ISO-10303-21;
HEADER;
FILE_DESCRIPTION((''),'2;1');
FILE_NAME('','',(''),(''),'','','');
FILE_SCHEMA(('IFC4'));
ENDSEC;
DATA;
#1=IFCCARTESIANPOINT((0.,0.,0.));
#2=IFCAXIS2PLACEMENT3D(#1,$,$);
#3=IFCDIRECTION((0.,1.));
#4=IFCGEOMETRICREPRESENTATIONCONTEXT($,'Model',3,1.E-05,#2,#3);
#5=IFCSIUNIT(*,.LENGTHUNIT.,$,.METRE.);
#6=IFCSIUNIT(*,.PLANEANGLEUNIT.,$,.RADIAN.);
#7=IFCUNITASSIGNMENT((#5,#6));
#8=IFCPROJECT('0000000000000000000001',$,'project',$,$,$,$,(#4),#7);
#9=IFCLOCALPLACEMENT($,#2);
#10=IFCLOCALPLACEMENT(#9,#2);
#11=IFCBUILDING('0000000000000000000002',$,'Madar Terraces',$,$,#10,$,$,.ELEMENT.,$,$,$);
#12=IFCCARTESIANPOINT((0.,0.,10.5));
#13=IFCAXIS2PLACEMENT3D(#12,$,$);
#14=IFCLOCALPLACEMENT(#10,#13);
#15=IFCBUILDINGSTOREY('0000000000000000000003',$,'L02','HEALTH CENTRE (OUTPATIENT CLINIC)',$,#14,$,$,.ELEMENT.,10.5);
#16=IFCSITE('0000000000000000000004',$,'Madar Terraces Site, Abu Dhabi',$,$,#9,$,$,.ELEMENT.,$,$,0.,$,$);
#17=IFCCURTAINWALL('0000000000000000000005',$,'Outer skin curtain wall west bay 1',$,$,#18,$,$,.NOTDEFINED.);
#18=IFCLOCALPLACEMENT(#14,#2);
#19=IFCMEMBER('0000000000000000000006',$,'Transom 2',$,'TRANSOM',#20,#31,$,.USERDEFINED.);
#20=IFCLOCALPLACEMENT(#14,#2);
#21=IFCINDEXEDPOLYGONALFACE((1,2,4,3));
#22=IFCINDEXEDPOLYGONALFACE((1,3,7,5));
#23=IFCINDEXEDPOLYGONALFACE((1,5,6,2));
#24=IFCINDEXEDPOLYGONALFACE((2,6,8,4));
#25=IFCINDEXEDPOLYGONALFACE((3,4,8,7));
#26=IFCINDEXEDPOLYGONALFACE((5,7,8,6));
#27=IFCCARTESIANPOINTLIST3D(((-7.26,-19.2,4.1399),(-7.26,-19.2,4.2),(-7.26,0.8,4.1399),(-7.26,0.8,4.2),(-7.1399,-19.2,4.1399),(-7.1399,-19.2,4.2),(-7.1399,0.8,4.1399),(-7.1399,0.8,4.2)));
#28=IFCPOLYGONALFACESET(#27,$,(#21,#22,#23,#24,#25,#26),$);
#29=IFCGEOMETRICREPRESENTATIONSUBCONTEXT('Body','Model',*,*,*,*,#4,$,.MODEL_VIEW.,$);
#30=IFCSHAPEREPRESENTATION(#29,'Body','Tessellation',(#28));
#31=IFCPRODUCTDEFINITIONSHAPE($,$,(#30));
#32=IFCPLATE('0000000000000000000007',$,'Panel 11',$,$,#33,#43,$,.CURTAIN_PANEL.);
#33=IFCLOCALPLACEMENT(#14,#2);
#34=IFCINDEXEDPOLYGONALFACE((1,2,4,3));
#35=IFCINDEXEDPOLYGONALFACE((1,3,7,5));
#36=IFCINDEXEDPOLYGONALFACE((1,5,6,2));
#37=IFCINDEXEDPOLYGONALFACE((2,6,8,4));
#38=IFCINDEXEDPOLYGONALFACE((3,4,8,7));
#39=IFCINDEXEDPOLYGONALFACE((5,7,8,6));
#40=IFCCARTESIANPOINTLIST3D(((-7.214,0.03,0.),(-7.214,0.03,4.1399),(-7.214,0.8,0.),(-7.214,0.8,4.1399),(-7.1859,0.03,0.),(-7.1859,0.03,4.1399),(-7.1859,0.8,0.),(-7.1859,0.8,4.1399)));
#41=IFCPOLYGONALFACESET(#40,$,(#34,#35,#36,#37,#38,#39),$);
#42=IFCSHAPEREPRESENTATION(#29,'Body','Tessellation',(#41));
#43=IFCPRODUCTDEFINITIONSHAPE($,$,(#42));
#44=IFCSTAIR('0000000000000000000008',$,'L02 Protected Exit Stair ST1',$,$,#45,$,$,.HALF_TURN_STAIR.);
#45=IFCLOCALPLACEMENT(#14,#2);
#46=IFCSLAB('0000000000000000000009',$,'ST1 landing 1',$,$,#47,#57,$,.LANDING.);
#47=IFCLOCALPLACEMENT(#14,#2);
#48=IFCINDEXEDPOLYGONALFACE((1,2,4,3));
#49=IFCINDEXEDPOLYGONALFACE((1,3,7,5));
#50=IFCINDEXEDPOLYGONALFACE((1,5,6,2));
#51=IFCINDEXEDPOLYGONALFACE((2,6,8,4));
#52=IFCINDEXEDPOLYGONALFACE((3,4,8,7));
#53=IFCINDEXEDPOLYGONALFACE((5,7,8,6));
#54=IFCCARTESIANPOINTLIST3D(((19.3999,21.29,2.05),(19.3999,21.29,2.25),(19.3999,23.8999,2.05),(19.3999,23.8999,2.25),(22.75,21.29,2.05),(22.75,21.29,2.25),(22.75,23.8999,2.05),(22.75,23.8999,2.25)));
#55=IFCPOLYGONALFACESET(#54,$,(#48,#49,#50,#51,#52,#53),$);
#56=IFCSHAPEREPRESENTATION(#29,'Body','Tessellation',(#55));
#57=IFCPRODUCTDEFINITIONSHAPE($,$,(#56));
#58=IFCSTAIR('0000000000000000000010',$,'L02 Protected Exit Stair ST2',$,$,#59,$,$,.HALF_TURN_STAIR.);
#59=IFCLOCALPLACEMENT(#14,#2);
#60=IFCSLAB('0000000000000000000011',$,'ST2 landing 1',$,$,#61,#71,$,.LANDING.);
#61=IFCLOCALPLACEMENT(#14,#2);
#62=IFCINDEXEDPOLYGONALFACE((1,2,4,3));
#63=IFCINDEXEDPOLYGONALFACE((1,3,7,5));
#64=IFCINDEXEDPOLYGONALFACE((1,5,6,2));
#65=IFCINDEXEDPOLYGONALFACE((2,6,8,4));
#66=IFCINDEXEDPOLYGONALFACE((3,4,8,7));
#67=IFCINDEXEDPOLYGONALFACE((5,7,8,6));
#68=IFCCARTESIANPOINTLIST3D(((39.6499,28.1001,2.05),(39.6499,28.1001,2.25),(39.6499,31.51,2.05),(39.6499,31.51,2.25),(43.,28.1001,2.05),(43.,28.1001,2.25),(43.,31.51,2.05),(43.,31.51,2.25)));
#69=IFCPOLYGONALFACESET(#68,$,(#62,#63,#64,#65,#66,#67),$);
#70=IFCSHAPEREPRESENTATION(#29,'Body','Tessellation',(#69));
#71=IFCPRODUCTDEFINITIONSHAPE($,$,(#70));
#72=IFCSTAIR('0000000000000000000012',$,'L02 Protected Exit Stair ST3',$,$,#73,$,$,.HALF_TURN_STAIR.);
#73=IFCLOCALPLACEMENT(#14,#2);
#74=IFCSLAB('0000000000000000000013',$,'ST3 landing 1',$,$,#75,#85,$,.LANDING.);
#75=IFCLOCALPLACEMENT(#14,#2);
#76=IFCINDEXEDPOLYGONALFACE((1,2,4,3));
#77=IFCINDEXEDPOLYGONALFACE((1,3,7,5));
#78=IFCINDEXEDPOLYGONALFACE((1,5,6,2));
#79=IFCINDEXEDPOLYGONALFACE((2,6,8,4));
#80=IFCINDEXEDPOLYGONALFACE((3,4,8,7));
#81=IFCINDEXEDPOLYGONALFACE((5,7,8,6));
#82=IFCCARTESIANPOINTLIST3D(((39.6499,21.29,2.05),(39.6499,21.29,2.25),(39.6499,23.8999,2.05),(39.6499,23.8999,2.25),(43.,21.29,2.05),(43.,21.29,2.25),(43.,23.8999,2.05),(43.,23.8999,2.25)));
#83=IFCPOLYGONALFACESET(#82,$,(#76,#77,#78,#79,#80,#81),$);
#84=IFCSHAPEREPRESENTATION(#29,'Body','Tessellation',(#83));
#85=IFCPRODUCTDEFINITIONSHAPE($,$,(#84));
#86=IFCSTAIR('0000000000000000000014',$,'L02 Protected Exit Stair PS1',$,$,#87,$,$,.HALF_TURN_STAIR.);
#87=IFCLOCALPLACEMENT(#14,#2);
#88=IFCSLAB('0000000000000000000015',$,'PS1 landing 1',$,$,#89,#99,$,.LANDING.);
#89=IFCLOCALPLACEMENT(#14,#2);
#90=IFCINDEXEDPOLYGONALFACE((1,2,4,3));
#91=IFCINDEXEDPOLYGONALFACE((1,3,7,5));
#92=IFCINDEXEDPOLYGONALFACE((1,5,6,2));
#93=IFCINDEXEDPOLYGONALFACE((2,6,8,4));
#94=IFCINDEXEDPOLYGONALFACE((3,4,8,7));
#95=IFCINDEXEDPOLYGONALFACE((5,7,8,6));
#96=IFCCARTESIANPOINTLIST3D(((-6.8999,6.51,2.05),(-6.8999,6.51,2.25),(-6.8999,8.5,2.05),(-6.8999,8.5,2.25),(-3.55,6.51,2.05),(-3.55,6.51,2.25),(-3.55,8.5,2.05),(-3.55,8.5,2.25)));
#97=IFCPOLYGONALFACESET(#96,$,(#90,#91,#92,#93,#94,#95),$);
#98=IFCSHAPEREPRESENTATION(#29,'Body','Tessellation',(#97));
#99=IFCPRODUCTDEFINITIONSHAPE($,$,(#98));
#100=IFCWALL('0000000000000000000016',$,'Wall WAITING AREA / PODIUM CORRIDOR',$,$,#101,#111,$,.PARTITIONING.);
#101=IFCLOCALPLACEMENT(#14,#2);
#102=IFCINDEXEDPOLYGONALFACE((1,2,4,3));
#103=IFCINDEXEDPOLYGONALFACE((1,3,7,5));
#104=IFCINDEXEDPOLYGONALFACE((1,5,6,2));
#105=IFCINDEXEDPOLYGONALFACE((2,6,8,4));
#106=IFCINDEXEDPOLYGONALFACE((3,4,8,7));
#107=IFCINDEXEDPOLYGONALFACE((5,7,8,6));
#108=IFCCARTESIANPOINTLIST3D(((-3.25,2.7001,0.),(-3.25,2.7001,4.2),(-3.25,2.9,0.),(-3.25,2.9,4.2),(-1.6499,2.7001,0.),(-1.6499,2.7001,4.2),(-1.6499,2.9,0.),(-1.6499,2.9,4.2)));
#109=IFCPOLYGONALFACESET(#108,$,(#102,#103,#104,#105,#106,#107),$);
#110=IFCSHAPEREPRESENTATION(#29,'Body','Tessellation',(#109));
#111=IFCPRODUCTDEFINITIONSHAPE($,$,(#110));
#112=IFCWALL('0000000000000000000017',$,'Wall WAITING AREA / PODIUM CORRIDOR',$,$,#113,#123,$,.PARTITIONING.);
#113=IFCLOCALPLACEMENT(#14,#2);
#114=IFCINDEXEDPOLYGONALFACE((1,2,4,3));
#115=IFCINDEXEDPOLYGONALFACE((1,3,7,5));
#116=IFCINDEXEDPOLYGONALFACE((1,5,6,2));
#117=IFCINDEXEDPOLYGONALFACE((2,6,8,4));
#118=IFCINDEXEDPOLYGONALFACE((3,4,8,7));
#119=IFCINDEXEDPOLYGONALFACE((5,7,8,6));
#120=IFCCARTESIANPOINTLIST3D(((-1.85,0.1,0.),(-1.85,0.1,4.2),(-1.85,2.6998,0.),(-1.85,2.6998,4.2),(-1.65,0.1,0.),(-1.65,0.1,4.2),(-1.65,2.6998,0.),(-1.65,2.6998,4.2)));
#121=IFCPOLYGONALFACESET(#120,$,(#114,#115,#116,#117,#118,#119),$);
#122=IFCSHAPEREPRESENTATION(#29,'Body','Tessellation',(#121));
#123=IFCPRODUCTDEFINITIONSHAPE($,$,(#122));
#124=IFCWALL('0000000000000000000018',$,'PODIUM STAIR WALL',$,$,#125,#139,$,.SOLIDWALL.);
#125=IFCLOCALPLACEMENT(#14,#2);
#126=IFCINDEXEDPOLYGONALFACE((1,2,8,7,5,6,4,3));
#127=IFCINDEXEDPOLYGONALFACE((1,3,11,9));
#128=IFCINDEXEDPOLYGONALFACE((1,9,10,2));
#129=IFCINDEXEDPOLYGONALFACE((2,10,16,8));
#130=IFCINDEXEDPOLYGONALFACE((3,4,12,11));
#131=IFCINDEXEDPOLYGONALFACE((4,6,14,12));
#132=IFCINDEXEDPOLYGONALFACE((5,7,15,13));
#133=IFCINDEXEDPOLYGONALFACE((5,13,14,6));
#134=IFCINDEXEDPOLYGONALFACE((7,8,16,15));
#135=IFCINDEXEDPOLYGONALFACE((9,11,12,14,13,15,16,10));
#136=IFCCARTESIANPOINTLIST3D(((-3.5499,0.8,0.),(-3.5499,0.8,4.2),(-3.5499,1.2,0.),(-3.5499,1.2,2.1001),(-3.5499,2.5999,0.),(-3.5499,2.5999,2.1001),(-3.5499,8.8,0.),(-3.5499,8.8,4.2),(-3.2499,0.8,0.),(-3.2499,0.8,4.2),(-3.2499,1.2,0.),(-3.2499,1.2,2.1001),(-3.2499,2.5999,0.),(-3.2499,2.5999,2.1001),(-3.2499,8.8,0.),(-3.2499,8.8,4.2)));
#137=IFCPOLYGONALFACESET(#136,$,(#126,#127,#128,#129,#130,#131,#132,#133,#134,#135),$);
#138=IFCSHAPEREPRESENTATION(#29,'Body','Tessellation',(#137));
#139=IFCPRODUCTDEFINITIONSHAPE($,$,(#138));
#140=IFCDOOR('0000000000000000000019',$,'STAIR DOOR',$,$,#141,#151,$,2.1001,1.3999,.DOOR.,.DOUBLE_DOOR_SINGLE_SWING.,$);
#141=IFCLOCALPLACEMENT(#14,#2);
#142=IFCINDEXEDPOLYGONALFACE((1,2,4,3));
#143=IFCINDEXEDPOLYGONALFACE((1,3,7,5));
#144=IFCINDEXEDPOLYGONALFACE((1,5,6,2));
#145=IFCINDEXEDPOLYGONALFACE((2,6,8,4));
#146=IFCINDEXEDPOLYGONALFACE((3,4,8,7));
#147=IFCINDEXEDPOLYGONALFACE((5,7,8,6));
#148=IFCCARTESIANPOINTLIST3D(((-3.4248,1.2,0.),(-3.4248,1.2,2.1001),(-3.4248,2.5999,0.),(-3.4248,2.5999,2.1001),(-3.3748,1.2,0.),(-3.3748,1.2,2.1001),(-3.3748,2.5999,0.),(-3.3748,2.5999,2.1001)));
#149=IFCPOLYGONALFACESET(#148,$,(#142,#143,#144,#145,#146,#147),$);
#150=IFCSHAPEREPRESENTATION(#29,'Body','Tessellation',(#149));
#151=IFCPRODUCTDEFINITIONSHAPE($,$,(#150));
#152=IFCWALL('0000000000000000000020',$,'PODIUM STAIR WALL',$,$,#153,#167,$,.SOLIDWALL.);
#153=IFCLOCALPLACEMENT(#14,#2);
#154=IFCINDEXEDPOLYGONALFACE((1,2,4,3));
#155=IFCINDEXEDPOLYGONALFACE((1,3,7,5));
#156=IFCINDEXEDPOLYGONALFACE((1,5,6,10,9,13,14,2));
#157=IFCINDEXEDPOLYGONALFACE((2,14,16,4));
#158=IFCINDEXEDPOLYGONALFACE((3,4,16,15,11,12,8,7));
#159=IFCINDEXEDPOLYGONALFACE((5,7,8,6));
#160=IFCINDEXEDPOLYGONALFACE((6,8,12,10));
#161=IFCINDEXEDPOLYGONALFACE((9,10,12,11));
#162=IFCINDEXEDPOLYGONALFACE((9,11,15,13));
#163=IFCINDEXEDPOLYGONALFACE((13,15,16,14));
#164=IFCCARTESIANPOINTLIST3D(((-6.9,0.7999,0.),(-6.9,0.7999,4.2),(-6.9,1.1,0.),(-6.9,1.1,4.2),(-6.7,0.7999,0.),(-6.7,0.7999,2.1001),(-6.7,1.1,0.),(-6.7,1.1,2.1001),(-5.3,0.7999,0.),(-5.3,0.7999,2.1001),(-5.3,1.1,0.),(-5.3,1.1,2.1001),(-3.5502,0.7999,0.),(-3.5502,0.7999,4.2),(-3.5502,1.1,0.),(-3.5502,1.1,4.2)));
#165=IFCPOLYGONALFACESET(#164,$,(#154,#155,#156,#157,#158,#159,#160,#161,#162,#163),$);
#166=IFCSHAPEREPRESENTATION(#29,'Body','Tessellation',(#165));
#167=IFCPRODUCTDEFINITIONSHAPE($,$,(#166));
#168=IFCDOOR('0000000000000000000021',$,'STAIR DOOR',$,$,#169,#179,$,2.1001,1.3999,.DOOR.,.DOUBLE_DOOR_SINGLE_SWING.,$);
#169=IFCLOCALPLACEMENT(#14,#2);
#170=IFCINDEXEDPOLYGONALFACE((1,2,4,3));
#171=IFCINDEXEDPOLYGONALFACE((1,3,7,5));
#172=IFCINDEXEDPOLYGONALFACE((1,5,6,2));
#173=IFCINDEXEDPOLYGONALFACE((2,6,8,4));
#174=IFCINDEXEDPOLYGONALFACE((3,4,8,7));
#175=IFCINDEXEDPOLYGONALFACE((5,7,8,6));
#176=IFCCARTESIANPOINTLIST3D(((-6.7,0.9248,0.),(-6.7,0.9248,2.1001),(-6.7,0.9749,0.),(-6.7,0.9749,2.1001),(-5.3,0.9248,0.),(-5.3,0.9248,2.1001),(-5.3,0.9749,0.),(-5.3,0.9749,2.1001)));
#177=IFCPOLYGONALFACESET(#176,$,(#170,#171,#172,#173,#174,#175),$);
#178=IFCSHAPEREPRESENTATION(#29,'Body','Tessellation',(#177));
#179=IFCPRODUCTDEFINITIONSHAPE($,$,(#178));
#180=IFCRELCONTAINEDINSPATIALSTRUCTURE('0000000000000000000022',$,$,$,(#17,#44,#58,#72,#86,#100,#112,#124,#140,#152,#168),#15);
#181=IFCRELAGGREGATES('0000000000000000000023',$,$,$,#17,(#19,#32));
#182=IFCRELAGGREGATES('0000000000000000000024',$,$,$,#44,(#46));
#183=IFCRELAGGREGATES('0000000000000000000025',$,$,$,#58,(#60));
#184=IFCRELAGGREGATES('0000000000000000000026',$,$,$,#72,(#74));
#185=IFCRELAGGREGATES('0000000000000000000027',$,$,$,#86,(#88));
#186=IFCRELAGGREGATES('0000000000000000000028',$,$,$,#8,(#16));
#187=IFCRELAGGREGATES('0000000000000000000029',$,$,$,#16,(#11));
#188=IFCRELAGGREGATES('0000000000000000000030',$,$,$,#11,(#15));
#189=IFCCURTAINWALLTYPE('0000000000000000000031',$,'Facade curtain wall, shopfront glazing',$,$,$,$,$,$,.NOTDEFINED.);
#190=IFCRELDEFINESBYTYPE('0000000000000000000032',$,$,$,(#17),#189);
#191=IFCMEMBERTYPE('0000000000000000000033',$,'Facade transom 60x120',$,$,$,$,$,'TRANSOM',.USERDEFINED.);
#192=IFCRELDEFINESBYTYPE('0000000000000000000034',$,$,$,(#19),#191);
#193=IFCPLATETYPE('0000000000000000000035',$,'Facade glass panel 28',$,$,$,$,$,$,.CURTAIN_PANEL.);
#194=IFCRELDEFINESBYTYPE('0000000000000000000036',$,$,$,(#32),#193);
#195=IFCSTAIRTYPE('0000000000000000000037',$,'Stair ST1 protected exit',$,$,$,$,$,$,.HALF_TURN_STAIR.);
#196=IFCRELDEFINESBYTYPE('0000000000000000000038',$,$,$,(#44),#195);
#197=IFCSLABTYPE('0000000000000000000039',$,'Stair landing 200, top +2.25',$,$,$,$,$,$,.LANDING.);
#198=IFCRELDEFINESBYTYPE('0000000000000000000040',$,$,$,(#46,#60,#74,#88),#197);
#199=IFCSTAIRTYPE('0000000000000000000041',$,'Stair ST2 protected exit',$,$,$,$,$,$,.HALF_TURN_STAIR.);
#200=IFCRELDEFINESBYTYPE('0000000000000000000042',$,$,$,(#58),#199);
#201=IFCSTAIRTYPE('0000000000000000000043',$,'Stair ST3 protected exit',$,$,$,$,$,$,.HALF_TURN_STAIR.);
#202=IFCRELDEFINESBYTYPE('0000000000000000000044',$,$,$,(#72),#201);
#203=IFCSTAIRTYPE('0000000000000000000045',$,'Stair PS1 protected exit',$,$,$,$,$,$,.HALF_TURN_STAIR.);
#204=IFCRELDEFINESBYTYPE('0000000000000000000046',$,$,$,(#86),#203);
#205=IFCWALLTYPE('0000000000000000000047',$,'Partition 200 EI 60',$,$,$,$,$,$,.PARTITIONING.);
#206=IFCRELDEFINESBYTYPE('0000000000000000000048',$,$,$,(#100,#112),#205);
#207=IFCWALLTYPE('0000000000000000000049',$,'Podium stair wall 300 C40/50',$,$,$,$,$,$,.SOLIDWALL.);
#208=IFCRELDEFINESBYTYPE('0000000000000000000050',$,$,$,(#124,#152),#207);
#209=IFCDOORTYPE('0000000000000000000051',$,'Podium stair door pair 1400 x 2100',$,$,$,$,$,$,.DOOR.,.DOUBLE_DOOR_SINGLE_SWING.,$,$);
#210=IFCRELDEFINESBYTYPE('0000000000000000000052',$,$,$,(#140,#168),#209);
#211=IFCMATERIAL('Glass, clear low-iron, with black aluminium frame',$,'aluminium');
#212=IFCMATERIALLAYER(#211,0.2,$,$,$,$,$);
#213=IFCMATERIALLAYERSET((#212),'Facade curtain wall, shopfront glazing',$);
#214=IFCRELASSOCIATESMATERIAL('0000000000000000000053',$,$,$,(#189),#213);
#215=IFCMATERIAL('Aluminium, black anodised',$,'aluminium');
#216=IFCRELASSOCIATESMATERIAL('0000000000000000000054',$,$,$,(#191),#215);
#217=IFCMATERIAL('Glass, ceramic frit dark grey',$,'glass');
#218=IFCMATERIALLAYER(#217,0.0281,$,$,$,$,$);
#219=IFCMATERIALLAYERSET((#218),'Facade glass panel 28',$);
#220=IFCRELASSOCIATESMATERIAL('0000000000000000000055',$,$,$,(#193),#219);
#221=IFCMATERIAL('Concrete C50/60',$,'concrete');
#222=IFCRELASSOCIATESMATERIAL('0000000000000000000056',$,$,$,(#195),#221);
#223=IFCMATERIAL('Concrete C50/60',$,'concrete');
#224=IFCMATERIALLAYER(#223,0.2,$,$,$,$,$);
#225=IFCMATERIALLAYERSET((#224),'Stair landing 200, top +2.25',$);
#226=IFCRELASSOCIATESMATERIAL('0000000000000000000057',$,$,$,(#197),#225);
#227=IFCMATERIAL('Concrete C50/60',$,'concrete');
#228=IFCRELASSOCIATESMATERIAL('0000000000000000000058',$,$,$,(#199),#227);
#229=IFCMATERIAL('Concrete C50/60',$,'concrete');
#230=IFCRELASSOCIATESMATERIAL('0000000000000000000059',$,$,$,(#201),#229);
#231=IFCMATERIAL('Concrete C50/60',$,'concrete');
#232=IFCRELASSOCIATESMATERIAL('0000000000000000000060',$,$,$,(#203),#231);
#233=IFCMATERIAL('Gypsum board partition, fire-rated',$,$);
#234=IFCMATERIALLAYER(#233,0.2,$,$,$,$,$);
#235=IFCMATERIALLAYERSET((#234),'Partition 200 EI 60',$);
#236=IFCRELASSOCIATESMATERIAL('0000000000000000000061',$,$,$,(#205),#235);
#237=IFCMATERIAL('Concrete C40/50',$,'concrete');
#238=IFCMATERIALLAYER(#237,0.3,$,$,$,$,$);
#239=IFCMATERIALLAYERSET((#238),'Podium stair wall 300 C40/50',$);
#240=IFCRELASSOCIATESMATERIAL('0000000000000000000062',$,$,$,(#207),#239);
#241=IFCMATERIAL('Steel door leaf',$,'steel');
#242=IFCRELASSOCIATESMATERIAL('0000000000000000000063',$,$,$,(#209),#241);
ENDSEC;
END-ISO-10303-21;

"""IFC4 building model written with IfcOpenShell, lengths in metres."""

from ifc_helpers import new_model, si_unit, direction, frame, frame_2d, origin, origin_2d, place, context, subcontext, project, spatial, polyline, rectangle, outline, extrude, material, layer, layer_set, material_profile, profile_set, type_object, element, fill, aggregate, save


model = new_model("IFC4")

# Units and contexts
model_context = context("Model", 3, precision=1e-05, world=origin(), true_north=direction((0.0, 1.0)))
body_context = subcontext(model_context, "Body", "Model", "MODEL_VIEW")
ifc_project = project(units=[si_unit("LENGTHUNIT", "METRE"), si_unit("PLANEANGLEUNIT", "RADIAN")], contexts=[model_context])

# Site, building, storey
site_placement = place(None, origin())
site = spatial("IfcSite", under=ifc_project, at=site_placement, Name="Madar Terraces Site, Abu Dhabi", CompositionType="ELEMENT", RefElevation=0.0)
building_placement = place(site_placement, origin())
building = spatial("IfcBuilding", under=site, at=building_placement, Name="Madar Terraces", CompositionType="ELEMENT")
storey_placement = place(building_placement, frame((0.0, 0.0, 10.5)))
storey = spatial("IfcBuildingStorey", under=building, at=storey_placement, Name="L02", Description="HEALTH CENTRE (OUTPATIENT CLINIC)", CompositionType="ELEMENT", Elevation=10.5)

# Curtain wall, member, plate
ifc_material_1 = material(Name="Glass, clear low-iron, with black aluminium frame", Category="aluminium")
ifc_layer_1 = layer(ifc_material_1, 0.2)
ifc_layer_set_1 = layer_set([ifc_layer_1], Name="Facade curtain wall, shopfront glazing")
curtain_wall_type = type_object("IfcCurtainWallType", Name="Facade curtain wall, shopfront glazing", PredefinedType="NOTDEFINED", material=ifc_layer_set_1)
curtain_wall_placement = place(storey_placement, origin())
curtain_wall = element("IfcCurtainWall", 1, at=curtain_wall_placement, inside=storey, type_object=curtain_wall_type, Name="Outer skin curtain wall west bay 1", PredefinedType="NOTDEFINED")
ifc_material_2 = material(Name="Aluminium, black anodised", Category="aluminium")
ifc_material_profile = material_profile(ifc_material_2, rectangle(XDim=0.1201, YDim=0.0601, at=origin_2d()), Name="Facade transom 60x120")
ifc_profile_set = profile_set([ifc_material_profile], Name="Aluminium, black anodised")
member_type = type_object("IfcMemberType", Name="Facade transom 60x120", ElementType="TRANSOM", PredefinedType="USERDEFINED", material=ifc_profile_set)
member_placement = place(storey_placement, frame((-7.2, 0.8, 4.1699), z_axis=(0.0, -1.0, 0.0), x_axis=(1.0, 0.0, 0.0)))
member = element("IfcMember", 2, at=member_placement, type_object=member_type, Name="Transom 2", ObjectType="TRANSOM", PredefinedType="USERDEFINED", context=body_context, shape_type="SweptSolid", body=[
    extrude(rectangle(XDim=0.1201, YDim=0.0601, at=origin_2d()), origin(), (0.0, 0.0, 1.0), 20.0),
])
ifc_material_3 = material(Name="Glass, ceramic frit dark grey", Category="glass")
ifc_layer_2 = layer(ifc_material_3, 0.0281)
ifc_layer_set_2 = layer_set([ifc_layer_2], Name="Facade glass panel 28")
plate_type = type_object("IfcPlateType", Name="Facade glass panel 28", PredefinedType="CURTAIN_PANEL", material=ifc_layer_set_2)
plate_placement = place(storey_placement, frame((-7.2, 0.415, 0.0), z_axis=(0.0, 0.0, 1.0), x_axis=(0.0, -1.0, 0.0)))
plate = element("IfcPlate", 3, at=plate_placement, type_object=plate_type, Name="Panel 11", PredefinedType="CURTAIN_PANEL", context=body_context, shape_type="SweptSolid", body=[
    extrude(rectangle(XDim=0.77, YDim=0.0281, at=origin_2d()), origin(), (0.0, 0.0, 1.0), 4.1399),
])
aggregate(curtain_wall, [member, plate])

# Stairs, slabs
ifc_material_4 = material(Name="Concrete C50/60", Category="concrete")
stair_type_1 = type_object("IfcStairType", Name="Stair ST1 protected exit", PredefinedType="HALF_TURN_STAIR", material=ifc_material_4)
stair_1_placement = place(storey_placement, origin())
stair_1 = element("IfcStair", 4, at=stair_1_placement, inside=storey, type_object=stair_type_1, Name="L02 Protected Exit Stair ST1", PredefinedType="HALF_TURN_STAIR")
ifc_material_5 = material(Name="Concrete C50/60", Category="concrete")
ifc_layer_3 = layer(ifc_material_5, 0.2)
ifc_layer_set_3 = layer_set([ifc_layer_3], Name="Stair landing 200, top +2.25")
slab_type = type_object("IfcSlabType", Name="Stair landing 200, top +2.25", PredefinedType="LANDING", material=ifc_layer_set_3)
slab_1_placement = place(storey_placement, frame((0.0, 0.0, 2.05)))
slab_1 = element("IfcSlab", 5, at=slab_1_placement, type_object=slab_type, Name="ST1 landing 1", PredefinedType="LANDING", context=body_context, shape_type="SweptSolid", body=[
    extrude(outline(polyline([(19.3999, 21.29), (22.75, 21.29), (22.75, 23.8999), (19.3999, 23.8999), (19.3999, 21.29)])), origin(), (0.0, 0.0, 1.0), 0.2),
])
aggregate(stair_1, [slab_1])
ifc_material_6 = material(Name="Concrete C50/60", Category="concrete")
stair_type_2 = type_object("IfcStairType", Name="Stair ST2 protected exit", PredefinedType="HALF_TURN_STAIR", material=ifc_material_6)
stair_2_placement = place(storey_placement, origin())
stair_2 = element("IfcStair", 6, at=stair_2_placement, inside=storey, type_object=stair_type_2, Name="L02 Protected Exit Stair ST2", PredefinedType="HALF_TURN_STAIR")
slab_2_placement = place(storey_placement, frame((0.0, 0.0, 2.05)))
slab_2 = element("IfcSlab", 7, at=slab_2_placement, type_object=slab_type, Name="ST2 landing 1", PredefinedType="LANDING", context=body_context, shape_type="SweptSolid", body=[
    extrude(outline(polyline([(39.6499, 28.1001), (43.0, 28.1001), (43.0, 31.51), (39.6499, 31.51), (39.6499, 28.1001)])), origin(), (0.0, 0.0, 1.0), 0.2),
])
aggregate(stair_2, [slab_2])
ifc_material_7 = material(Name="Concrete C50/60", Category="concrete")
stair_type_3 = type_object("IfcStairType", Name="Stair ST3 protected exit", PredefinedType="HALF_TURN_STAIR", material=ifc_material_7)
stair_3_placement = place(storey_placement, origin())
stair_3 = element("IfcStair", 8, at=stair_3_placement, inside=storey, type_object=stair_type_3, Name="L02 Protected Exit Stair ST3", PredefinedType="HALF_TURN_STAIR")
slab_3_placement = place(storey_placement, frame((0.0, 0.0, 2.05)))
slab_3 = element("IfcSlab", 9, at=slab_3_placement, type_object=slab_type, Name="ST3 landing 1", PredefinedType="LANDING", context=body_context, shape_type="SweptSolid", body=[
    extrude(outline(polyline([(39.6499, 21.29), (43.0, 21.29), (43.0, 23.8999), (39.6499, 23.8999), (39.6499, 21.29)])), origin(), (0.0, 0.0, 1.0), 0.2),
])
aggregate(stair_3, [slab_3])
ifc_material_8 = material(Name="Concrete C50/60", Category="concrete")
stair_type_4 = type_object("IfcStairType", Name="Stair PS1 protected exit", PredefinedType="HALF_TURN_STAIR", material=ifc_material_8)
stair_4_placement = place(storey_placement, origin())
stair_4 = element("IfcStair", 10, at=stair_4_placement, inside=storey, type_object=stair_type_4, Name="L02 Protected Exit Stair PS1", PredefinedType="HALF_TURN_STAIR")
slab_4_placement = place(storey_placement, frame((0.0, 0.0, 2.05)))
slab_4 = element("IfcSlab", 11, at=slab_4_placement, type_object=slab_type, Name="PS1 landing 1", PredefinedType="LANDING", context=body_context, shape_type="SweptSolid", body=[
    extrude(outline(polyline([(-6.8999, 6.51), (-3.55, 6.51), (-3.55, 8.5), (-6.8999, 8.5), (-6.8999, 6.51)])), origin(), (0.0, 0.0, 1.0), 0.2),
])

# Walls
ifc_material_9 = material(Name="Gypsum board partition, fire-rated")
ifc_layer_4 = layer(ifc_material_9, 0.2)
ifc_layer_set_4 = layer_set([ifc_layer_4], Name="Partition 200 EI 60")
wall_type_1 = type_object("IfcWallType", Name="Partition 200 EI 60", PredefinedType="PARTITIONING", material=ifc_layer_set_4)
wall_1_placement = place(storey_placement, frame((-3.25, 2.8, 0.0), z_axis=(0.0, 0.0, 1.0), x_axis=(1.0, 0.0, 0.0)))
element("IfcWall", 12, at=wall_1_placement, inside=storey, type_object=wall_type_1, Name="Wall WAITING AREA / PODIUM CORRIDOR", PredefinedType="PARTITIONING", context=body_context, shape_type="SweptSolid", body=[
    extrude(rectangle(XDim=1.6001, YDim=0.2, at=frame_2d((0.8, 0.0))), origin(), (0.0, 0.0, 1.0), 4.2),
])
wall_2_placement = place(storey_placement, frame((-1.75, 0.1001, 0.0), z_axis=(0.0, 0.0, 1.0), x_axis=(0.0, 1.0, 0.0)))
element("IfcWall", 13, at=wall_2_placement, inside=storey, type_object=wall_type_1, Name="Wall WAITING AREA / PODIUM CORRIDOR", PredefinedType="PARTITIONING", context=body_context, shape_type="SweptSolid", body=[
    extrude(rectangle(XDim=2.5999, YDim=0.2, at=frame_2d((1.2998, 0.0))), origin(), (0.0, 0.0, 1.0), 4.2),
])

# Walls, openings, doors
ifc_material_10 = material(Name="Concrete C40/50", Category="concrete")
ifc_layer_5 = layer(ifc_material_10, 0.3)
ifc_layer_set_5 = layer_set([ifc_layer_5], Name="Podium stair wall 300 C40/50")
wall_type_2 = type_object("IfcWallType", Name="Podium stair wall 300 C40/50", PredefinedType="SOLIDWALL", material=ifc_layer_set_5)
wall_3_placement = place(storey_placement, frame((-3.3999, 0.8, 0.0), z_axis=(0.0, 0.0, 1.0), x_axis=(0.0, 1.0, 0.0)))
wall_3 = element("IfcWall", 14, at=wall_3_placement, inside=storey, type_object=wall_type_2, Name="PODIUM STAIR WALL", PredefinedType="SOLIDWALL", context=body_context, shape_type="SweptSolid", body=[
    extrude(rectangle(XDim=8.0, YDim=0.3, at=frame_2d((4.0, 0.0))), origin(), (0.0, 0.0, 1.0), 4.2),
])
opening_1_placement = place(wall_3_placement, frame((0.3999, 0.0, 0.0)))
opening_1 = element("IfcOpeningElement", 15, at=opening_1_placement, cuts=wall_3, PredefinedType="OPENING", context=body_context, shape_type="SweptSolid", body=[
    extrude(rectangle(XDim=1.3999, YDim=2.1001, at=frame_2d((0.7, 1.05))), frame((0.0, 0.1599, 0.0), z_axis=(0.0, -1.0, 0.0), x_axis=(1.0, 0.0, 0.0)), (0.0, 0.0, 1.0), 0.3201),
])
ifc_material_11 = material(Name="Steel door leaf", Category="steel")
door_type = type_object("IfcDoorType", Name="Podium stair door pair 1400 x 2100", OperationType="DOUBLE_DOOR_SINGLE_SWING", PredefinedType="DOOR", material=ifc_material_11)
door_1_placement = place(opening_1_placement, origin())
door_1 = element("IfcDoor", 16, at=door_1_placement, inside=storey, type_object=door_type, Name="STAIR DOOR", OperationType="DOUBLE_DOOR_SINGLE_SWING", OverallHeight=2.1001, OverallWidth=1.3999, PredefinedType="DOOR", context=body_context, shape_type="SweptSolid", body=[
    extrude(rectangle(XDim=1.3999, YDim=2.1001, at=frame_2d((0.7, 1.05))), frame((0.0, 0.0249, 0.0), z_axis=(0.0, -1.0, 0.0), x_axis=(1.0, 0.0, 0.0)), (0.0, 0.0, 1.0), 0.05),
])
fill(opening_1, door_1)
wall_4_placement = place(storey_placement, frame((-6.8999, 0.95, 0.0), z_axis=(0.0, 0.0, 1.0), x_axis=(1.0, 0.0, 0.0)))
wall_4 = element("IfcWall", 17, at=wall_4_placement, inside=storey, type_object=wall_type_2, Name="PODIUM STAIR WALL", PredefinedType="SOLIDWALL", context=body_context, shape_type="SweptSolid", body=[
    extrude(rectangle(XDim=3.3499, YDim=0.3, at=frame_2d((1.6748, 0.0))), origin(), (0.0, 0.0, 1.0), 4.2),
])
opening_2_placement = place(wall_4_placement, frame((0.2, 0.0, 0.0)))
opening_2 = element("IfcOpeningElement", 18, at=opening_2_placement, cuts=wall_4, PredefinedType="OPENING", context=body_context, shape_type="SweptSolid", body=[
    extrude(rectangle(XDim=1.3999, YDim=2.1001, at=frame_2d((0.7, 1.05))), frame((0.0, 0.1599, 0.0), z_axis=(0.0, -1.0, 0.0), x_axis=(1.0, 0.0, 0.0)), (0.0, 0.0, 1.0), 0.3201),
])
door_2_placement = place(opening_2_placement, origin())
door_2 = element("IfcDoor", 19, at=door_2_placement, inside=storey, type_object=door_type, Name="STAIR DOOR", OperationType="DOUBLE_DOOR_SINGLE_SWING", OverallHeight=2.1001, OverallWidth=1.3999, PredefinedType="DOOR", context=body_context, shape_type="SweptSolid", body=[
    extrude(rectangle(XDim=1.3999, YDim=2.1001, at=frame_2d((0.7, 1.05))), frame((0.0, 0.0249, 0.0), z_axis=(0.0, -1.0, 0.0), x_axis=(1.0, 0.0, 0.0)), (0.0, 0.0, 1.0), 0.05),
])
fill(opening_2, door_2)

aggregate(stair_4, [slab_4])

save(model, "model.ifc")
